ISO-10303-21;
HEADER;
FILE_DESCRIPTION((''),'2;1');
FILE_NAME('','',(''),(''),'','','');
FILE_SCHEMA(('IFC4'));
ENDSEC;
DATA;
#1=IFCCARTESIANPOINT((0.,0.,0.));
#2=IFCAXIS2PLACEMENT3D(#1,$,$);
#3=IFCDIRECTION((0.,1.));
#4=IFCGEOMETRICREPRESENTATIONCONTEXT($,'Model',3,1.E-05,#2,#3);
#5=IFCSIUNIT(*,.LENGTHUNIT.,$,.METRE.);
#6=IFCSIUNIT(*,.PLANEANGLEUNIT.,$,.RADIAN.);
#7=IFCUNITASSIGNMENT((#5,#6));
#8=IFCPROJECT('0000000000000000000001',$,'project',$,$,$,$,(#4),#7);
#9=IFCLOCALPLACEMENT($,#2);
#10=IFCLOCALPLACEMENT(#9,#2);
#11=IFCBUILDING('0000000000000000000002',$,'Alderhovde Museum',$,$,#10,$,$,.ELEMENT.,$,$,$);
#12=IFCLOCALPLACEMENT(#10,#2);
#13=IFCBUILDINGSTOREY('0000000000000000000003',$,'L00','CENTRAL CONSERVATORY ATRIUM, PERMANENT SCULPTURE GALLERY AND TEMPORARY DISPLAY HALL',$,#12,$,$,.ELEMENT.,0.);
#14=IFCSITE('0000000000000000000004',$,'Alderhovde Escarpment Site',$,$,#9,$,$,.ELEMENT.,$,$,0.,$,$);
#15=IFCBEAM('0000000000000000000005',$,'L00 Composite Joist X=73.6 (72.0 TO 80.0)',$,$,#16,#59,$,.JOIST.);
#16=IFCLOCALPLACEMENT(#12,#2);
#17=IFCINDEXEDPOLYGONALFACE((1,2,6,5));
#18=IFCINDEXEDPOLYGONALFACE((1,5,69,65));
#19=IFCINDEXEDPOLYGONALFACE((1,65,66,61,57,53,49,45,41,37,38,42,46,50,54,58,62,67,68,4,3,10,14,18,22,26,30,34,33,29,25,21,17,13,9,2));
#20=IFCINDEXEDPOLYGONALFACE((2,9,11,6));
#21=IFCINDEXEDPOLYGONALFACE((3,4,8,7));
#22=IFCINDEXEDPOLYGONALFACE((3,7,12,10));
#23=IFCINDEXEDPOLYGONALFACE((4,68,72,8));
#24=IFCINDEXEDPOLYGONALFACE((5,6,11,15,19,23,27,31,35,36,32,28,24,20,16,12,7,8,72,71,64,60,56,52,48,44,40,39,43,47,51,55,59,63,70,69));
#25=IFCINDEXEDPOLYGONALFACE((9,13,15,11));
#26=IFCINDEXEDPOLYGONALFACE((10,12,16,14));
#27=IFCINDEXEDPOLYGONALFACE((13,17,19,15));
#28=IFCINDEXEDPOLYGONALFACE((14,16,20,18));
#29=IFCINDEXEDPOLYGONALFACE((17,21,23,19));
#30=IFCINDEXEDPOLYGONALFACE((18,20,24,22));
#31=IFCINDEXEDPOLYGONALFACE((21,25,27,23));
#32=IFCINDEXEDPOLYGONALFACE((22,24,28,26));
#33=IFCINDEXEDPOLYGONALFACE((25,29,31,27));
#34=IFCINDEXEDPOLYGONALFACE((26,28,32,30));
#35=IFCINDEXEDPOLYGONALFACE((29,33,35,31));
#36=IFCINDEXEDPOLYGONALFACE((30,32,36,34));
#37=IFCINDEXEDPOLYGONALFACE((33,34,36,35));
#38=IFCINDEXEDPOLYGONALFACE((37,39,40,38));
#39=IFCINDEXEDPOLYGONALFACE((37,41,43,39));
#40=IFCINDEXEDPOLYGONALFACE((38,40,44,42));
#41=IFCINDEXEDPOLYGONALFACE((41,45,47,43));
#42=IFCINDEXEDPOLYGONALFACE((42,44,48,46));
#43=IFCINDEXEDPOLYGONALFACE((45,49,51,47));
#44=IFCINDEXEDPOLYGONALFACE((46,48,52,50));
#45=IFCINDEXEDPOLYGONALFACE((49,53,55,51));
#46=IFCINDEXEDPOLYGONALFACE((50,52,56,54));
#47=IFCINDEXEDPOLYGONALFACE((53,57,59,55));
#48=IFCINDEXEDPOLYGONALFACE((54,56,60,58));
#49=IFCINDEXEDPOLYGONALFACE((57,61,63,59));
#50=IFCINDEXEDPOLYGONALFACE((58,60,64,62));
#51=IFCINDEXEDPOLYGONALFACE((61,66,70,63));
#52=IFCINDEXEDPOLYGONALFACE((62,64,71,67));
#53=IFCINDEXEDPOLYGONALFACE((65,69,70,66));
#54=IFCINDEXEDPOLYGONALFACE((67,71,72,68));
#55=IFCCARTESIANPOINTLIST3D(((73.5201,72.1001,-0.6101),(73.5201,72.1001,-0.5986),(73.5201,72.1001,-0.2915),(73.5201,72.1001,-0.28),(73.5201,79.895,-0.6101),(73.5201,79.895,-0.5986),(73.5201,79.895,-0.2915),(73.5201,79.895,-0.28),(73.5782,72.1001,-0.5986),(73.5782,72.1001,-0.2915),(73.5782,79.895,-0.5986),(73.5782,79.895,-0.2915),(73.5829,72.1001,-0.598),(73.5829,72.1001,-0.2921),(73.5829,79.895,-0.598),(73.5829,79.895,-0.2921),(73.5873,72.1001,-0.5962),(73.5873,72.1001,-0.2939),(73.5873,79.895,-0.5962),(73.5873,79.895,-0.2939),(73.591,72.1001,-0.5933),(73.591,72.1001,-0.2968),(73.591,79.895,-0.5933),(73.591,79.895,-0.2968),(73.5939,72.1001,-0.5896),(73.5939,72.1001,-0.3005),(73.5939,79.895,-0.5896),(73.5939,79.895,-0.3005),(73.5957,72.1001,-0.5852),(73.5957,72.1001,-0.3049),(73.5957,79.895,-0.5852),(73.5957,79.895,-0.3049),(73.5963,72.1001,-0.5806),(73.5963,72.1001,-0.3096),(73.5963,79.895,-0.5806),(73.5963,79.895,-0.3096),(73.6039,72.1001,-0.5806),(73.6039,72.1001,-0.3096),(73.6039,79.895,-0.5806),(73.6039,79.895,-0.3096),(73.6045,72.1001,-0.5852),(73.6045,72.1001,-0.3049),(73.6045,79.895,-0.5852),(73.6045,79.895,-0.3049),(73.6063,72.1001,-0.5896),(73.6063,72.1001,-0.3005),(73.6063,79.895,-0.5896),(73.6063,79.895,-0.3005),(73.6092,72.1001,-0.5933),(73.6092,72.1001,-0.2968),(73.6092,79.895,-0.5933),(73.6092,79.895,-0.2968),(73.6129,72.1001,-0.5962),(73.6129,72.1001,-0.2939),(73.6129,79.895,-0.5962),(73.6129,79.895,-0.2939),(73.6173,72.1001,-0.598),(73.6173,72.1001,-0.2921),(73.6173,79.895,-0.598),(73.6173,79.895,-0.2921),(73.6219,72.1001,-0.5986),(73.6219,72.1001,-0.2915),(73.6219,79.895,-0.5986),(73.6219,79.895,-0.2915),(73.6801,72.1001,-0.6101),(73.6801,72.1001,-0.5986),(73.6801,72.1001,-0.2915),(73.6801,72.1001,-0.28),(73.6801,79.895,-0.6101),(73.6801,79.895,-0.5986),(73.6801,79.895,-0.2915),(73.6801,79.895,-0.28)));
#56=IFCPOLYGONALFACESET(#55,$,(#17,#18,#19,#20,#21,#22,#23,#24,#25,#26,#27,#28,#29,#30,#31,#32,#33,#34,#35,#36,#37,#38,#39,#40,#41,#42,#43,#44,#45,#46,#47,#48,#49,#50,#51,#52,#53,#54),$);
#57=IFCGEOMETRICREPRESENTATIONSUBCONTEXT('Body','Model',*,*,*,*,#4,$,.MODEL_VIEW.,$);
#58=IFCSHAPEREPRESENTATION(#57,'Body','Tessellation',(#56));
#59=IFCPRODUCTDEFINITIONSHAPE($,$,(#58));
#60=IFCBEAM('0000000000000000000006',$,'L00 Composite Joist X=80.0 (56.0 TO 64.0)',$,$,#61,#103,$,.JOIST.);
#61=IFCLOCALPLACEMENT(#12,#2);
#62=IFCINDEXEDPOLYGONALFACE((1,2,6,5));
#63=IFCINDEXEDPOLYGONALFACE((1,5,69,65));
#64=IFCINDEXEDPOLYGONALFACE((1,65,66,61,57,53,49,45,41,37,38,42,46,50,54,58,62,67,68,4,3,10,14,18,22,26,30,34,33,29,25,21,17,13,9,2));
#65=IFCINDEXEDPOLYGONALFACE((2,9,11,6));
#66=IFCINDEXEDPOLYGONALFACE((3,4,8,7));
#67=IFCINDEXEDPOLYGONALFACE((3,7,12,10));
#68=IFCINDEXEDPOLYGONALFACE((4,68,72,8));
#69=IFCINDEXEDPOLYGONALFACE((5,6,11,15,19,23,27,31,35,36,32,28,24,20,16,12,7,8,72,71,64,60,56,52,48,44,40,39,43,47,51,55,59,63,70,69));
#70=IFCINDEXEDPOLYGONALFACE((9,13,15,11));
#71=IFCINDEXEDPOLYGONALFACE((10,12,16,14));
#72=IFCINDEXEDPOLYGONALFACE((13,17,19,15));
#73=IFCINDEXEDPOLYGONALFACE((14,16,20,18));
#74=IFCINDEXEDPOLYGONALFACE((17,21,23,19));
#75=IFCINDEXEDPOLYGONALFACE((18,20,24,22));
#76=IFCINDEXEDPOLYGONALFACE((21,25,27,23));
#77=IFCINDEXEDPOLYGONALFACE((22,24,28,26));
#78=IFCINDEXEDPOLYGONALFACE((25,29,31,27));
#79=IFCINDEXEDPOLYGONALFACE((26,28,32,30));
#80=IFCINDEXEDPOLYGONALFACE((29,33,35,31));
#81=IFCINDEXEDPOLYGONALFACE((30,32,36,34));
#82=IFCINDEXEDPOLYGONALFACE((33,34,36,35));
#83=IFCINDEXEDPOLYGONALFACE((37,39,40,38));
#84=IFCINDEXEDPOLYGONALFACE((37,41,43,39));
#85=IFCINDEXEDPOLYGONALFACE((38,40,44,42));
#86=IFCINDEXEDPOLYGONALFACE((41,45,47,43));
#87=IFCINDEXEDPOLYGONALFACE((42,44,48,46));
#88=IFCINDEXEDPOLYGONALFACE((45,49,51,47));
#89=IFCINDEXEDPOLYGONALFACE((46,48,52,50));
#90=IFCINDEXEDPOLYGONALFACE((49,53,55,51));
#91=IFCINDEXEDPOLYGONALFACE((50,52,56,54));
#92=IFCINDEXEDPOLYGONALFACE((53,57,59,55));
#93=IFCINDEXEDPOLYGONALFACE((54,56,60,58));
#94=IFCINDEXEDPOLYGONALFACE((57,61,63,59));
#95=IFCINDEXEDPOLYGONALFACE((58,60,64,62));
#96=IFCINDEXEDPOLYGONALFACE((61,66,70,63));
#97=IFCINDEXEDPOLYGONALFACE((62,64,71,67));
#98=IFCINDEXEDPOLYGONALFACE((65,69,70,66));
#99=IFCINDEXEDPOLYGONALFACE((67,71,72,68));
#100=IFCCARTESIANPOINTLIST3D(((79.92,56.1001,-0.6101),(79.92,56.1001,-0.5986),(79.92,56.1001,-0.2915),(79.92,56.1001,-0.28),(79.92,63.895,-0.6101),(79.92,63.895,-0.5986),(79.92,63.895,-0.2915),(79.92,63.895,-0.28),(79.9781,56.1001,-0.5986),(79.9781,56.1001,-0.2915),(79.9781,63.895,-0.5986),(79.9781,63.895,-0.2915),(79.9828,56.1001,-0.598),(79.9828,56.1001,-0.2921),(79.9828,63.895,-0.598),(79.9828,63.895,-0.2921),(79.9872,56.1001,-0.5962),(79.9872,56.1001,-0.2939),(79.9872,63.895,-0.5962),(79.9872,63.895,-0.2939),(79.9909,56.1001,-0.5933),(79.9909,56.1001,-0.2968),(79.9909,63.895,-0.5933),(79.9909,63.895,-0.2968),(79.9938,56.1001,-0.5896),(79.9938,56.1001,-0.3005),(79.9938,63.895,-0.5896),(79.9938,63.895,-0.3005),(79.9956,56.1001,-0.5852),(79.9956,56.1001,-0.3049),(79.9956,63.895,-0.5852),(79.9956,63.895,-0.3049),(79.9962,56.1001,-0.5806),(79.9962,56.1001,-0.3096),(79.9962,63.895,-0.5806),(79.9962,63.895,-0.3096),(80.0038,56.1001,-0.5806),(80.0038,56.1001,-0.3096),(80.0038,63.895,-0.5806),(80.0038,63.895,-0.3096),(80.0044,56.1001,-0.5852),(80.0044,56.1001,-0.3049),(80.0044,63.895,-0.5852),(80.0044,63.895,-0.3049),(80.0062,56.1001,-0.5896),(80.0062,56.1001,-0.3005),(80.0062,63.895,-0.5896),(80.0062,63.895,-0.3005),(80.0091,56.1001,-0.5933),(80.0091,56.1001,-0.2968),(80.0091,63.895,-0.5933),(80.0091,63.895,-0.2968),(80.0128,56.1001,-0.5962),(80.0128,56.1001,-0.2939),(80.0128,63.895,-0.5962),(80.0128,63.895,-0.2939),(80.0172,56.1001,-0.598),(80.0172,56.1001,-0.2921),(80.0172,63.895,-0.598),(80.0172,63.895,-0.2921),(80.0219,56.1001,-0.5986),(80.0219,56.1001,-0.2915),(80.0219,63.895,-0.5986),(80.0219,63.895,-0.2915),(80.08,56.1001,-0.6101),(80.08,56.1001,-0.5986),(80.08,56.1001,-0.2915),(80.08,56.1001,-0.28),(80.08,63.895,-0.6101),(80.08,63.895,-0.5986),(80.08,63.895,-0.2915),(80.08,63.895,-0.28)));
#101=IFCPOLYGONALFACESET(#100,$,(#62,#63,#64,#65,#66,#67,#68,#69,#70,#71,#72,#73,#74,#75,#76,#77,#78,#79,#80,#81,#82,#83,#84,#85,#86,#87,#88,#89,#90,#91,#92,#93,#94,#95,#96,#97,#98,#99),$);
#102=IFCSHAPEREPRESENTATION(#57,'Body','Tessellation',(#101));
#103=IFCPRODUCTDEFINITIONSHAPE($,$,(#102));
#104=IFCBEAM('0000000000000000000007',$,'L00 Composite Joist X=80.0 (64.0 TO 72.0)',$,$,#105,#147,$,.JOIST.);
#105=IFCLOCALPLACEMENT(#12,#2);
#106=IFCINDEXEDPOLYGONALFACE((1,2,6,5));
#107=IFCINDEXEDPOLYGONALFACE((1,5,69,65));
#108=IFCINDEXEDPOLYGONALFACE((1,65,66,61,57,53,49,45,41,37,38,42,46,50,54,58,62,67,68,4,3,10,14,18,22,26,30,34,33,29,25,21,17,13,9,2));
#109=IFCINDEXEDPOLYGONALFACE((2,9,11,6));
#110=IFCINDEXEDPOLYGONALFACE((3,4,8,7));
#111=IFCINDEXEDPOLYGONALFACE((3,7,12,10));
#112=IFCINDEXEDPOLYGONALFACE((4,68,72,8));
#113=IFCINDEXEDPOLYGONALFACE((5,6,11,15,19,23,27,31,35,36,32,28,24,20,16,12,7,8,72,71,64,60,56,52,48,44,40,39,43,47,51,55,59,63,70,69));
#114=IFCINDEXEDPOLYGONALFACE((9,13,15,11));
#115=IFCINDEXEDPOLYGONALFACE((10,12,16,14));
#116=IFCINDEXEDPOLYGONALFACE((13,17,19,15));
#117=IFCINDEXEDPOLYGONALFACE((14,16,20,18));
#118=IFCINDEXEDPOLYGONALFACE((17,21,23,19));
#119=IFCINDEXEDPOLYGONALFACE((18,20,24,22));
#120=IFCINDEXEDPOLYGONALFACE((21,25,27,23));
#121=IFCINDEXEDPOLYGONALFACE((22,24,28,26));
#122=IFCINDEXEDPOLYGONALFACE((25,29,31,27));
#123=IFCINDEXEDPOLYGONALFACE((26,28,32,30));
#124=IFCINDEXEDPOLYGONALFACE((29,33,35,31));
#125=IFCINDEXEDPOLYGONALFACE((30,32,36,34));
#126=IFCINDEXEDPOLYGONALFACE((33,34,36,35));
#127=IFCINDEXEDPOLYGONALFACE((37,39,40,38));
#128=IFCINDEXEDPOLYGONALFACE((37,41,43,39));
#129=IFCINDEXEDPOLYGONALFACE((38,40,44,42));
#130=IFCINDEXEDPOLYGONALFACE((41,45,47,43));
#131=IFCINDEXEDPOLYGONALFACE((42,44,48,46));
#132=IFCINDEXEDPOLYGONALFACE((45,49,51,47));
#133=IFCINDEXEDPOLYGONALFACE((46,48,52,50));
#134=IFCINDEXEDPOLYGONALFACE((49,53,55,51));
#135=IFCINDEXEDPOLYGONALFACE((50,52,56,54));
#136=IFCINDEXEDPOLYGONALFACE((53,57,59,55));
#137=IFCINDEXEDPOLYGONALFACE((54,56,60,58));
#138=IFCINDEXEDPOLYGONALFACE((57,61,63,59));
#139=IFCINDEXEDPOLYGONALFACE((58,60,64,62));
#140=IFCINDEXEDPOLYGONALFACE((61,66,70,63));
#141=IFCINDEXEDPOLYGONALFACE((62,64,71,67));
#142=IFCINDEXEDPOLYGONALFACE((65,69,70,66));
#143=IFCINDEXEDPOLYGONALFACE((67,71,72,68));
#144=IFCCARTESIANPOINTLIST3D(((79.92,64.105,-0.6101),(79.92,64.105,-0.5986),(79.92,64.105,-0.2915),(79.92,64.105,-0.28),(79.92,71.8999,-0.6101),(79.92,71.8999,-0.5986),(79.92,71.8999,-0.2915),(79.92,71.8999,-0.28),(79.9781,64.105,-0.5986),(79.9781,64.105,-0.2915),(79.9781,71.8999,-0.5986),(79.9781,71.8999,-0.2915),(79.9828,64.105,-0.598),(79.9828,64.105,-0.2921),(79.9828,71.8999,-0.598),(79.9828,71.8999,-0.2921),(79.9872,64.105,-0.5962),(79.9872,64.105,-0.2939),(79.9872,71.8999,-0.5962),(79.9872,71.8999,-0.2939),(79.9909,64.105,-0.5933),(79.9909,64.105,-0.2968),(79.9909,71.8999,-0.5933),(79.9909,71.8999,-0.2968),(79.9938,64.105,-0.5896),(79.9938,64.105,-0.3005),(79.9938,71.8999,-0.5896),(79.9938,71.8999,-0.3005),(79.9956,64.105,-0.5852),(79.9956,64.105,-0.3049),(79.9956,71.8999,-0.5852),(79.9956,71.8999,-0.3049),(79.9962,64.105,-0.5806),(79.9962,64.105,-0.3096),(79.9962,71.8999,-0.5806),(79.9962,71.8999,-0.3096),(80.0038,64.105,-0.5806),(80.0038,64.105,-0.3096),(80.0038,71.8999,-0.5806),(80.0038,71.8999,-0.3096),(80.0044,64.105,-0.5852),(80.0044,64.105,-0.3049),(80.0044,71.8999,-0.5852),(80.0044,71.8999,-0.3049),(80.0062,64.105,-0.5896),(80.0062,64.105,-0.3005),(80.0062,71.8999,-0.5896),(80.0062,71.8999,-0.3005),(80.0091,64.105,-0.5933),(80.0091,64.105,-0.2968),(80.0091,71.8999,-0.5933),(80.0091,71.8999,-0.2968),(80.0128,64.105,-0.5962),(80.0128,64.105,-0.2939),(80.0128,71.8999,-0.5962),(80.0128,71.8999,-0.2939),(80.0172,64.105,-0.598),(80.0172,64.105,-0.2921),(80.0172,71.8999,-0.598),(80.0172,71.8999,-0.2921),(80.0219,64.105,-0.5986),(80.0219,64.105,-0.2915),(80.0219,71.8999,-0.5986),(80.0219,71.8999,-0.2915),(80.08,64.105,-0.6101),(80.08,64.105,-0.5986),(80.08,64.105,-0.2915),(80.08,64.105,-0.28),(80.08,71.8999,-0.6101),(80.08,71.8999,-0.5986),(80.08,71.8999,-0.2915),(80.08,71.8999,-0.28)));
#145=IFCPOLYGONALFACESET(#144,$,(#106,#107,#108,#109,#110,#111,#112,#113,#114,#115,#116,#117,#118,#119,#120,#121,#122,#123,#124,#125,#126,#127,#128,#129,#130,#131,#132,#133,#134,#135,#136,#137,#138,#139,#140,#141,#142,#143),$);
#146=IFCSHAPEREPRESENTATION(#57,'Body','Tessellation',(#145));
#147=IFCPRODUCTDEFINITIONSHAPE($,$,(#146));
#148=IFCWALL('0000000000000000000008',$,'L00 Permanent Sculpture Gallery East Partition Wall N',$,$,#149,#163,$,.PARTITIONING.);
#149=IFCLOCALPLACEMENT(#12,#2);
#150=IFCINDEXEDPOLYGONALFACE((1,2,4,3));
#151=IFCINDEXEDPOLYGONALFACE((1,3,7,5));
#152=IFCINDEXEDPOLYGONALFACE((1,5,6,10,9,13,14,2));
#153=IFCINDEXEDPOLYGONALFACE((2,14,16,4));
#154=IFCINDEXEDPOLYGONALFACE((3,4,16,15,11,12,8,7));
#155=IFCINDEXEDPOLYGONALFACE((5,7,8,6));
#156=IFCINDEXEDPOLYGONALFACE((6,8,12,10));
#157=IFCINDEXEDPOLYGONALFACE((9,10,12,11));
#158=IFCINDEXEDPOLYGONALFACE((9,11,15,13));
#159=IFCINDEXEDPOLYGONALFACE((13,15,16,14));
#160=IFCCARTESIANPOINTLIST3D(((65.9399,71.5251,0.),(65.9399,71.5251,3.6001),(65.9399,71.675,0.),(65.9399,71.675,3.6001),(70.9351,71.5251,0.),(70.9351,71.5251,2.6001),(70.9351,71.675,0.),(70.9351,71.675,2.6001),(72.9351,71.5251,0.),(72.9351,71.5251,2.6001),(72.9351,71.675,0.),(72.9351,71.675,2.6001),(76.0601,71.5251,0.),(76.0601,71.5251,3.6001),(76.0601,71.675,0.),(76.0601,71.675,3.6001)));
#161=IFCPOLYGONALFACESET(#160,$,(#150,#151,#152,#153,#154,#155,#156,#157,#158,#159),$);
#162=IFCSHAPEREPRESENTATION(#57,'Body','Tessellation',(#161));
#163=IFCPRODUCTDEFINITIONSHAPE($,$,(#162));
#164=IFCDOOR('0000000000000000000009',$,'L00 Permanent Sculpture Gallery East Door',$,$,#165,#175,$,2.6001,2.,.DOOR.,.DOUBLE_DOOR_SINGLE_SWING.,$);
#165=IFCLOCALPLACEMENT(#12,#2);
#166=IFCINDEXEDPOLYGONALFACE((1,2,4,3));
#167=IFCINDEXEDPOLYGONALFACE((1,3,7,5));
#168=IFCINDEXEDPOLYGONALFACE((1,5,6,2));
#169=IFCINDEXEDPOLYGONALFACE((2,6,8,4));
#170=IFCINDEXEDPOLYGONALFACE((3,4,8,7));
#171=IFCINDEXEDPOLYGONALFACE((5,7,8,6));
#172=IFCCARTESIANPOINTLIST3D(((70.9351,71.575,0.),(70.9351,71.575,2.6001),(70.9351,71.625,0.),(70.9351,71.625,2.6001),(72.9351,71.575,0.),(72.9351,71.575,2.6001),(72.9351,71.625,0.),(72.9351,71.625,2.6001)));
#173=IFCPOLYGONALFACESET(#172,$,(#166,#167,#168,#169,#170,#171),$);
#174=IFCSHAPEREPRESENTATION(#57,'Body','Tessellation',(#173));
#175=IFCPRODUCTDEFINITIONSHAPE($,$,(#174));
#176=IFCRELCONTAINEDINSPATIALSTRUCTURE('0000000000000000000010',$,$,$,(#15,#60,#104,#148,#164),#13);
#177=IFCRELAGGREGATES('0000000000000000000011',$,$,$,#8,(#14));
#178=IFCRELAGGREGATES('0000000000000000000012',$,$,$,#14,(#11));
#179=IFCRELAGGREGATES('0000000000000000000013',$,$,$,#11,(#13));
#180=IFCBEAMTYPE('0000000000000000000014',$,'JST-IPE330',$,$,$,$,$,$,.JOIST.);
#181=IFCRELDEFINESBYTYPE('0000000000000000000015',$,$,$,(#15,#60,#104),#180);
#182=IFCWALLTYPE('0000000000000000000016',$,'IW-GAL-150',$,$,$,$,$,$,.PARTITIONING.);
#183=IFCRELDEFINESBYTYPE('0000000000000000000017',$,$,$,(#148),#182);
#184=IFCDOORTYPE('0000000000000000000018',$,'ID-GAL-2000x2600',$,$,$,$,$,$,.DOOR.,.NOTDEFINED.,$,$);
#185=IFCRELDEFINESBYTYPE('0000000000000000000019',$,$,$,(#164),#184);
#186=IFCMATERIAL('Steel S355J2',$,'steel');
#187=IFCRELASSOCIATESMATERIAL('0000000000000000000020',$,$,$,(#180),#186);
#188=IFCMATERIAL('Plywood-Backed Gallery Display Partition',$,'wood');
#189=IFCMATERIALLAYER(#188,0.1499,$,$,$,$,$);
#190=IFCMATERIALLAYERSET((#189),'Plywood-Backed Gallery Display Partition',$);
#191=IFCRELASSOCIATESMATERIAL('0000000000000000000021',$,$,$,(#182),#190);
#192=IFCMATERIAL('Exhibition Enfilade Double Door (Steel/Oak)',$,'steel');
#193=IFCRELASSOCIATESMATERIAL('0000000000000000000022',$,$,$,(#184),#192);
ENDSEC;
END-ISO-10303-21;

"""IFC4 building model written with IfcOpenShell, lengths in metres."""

from ifc_helpers import new_model, si_unit, direction, frame, frame_2d, origin, origin_2d, place, context, subcontext, project, spatial, rectangle, i_section, extrude, material, layer, layer_set, material_profile, profile_set, type_object, element, fill, save


model = new_model("IFC4")

# Units and contexts
model_context = context("Model", 3, precision=1e-05, world=origin(), true_north=direction((0.0, 1.0)))
body_context = subcontext(model_context, "Body", "Model", "MODEL_VIEW")
ifc_project = project(units=[si_unit("LENGTHUNIT", "METRE"), si_unit("PLANEANGLEUNIT", "RADIAN")], contexts=[model_context])

# Site, building, storey
site_placement = place(None, origin())
site = spatial("IfcSite", under=ifc_project, at=site_placement, Name="Alderhovde Escarpment Site", CompositionType="ELEMENT", RefElevation=0.0)
building_placement = place(site_placement, origin())
building = spatial("IfcBuilding", under=site, at=building_placement, Name="Alderhovde Museum", CompositionType="ELEMENT")
storey_placement = place(building_placement, origin())
storey = spatial("IfcBuildingStorey", under=building, at=storey_placement, Name="L00", Description="CENTRAL CONSERVATORY ATRIUM, PERMANENT SCULPTURE GALLERY AND TEMPORARY DISPLAY HALL", CompositionType="ELEMENT", Elevation=0.0)

# Beams
ifc_material_1 = material(Name="Steel S355J2", Category="steel")
ifc_material_profile_1 = material_profile(ifc_material_1, i_section(OverallWidth=0.1599, OverallDepth=0.3301, WebThickness=0.0076, FlangeThickness=0.0115, FilletRadius=0.0181, at=origin_2d()), Name="IPE 330")
ifc_profile_set_1 = profile_set([ifc_material_profile_1], Name="Steel S355J2")
beam_type_1 = type_object("IfcBeamType", Name="JST-IPE330", PredefinedType="JOIST", material=ifc_profile_set_1)
for number, where, z_axis, x_axis, name in (
    (1, (73.6001, 72.1001, -0.4451), (0.0, 1.0, 0.0), (-1.0, 0.0, 0.0), "L00 Composite Joist X=73.6 (72.0 TO 80.0)"),
    (2, (80.0, 56.1001, -0.4451), (0.0, 1.0, 0.0), (-1.0, 0.0, 0.0), "L00 Composite Joist X=80.0 (56.0 TO 64.0)"),
    (3, (80.0, 64.105, -0.4451), (0.0, 1.0, 0.0), (-1.0, 0.0, 0.0), "L00 Composite Joist X=80.0 (64.0 TO 72.0)"),
):
    element("IfcBeam", number, at=place(storey_placement, frame(where, z_axis=z_axis, x_axis=x_axis)), inside=storey, type_object=beam_type_1, Name=name, PredefinedType="JOIST", context=body_context, shape_type="SweptSolid", body=[
        extrude(i_section(OverallWidth=0.1599, OverallDepth=0.3301, WebThickness=0.0076, FlangeThickness=0.0115, FilletRadius=0.0181, at=origin_2d()), origin(), (0.0, 0.0, 1.0), 7.7949),
    ])

# Wall, opening, door
ifc_material_2 = material(Name="Plywood-Backed Gallery Display Partition", Category="wood")
ifc_layer = layer(ifc_material_2, 0.1499)
ifc_layer_set = layer_set([ifc_layer], Name="Plywood-Backed Gallery Display Partition")
wall_type = type_object("IfcWallType", Name="IW-GAL-150", PredefinedType="PARTITIONING", material=ifc_layer_set)
wall_placement = place(storey_placement, frame((65.9399, 71.6001, 0.0), z_axis=(0.0, 0.0, 1.0), x_axis=(1.0, 0.0, 0.0)))
wall = element("IfcWall", 4, at=wall_placement, inside=storey, type_object=wall_type, Name="L00 Permanent Sculpture Gallery East Partition Wall N", PredefinedType="PARTITIONING", context=body_context, shape_type="SweptSolid", body=[
    extrude(rectangle(XDim=10.1201, YDim=0.1499, at=frame_2d((5.0601, 0.0))), origin(), (0.0, 0.0, 1.0), 3.6001),
])
opening_placement = place(wall_placement, frame((4.9951, 0.0, 0.0)))
opening = element("IfcOpeningElement", 5, at=opening_placement, cuts=wall, PredefinedType="OPENING", context=body_context, shape_type="SweptSolid", body=[
    extrude(rectangle(XDim=2.0, YDim=2.6001, at=frame_2d((1.0, 1.3))), frame((0.0, 0.085, 0.0), z_axis=(0.0, -1.0, 0.0), x_axis=(1.0, 0.0, 0.0)), (0.0, 0.0, 1.0), 0.1699),
])
ifc_material_3 = material(Name="Exhibition Enfilade Double Door (Steel/Oak)", Category="steel")
door_type = type_object("IfcDoorType", Name="ID-GAL-2000x2600", OperationType="NOTDEFINED", PredefinedType="DOOR", material=ifc_material_3)
door_placement = place(opening_placement, origin())
door = element("IfcDoor", 6, at=door_placement, inside=storey, type_object=door_type, Name="L00 Permanent Sculpture Gallery East Door", OperationType="DOUBLE_DOOR_SINGLE_SWING", OverallHeight=2.6001, OverallWidth=2.0, PredefinedType="DOOR", context=body_context, shape_type="SweptSolid", body=[
    extrude(rectangle(XDim=2.0, YDim=2.6001, at=frame_2d((1.0, 1.3))), frame((0.0, 0.0249, 0.0), z_axis=(0.0, -1.0, 0.0), x_axis=(1.0, 0.0, 0.0)), (0.0, 0.0, 1.0), 0.05),
])
fill(opening, door)

save(model, "model.ifc")
